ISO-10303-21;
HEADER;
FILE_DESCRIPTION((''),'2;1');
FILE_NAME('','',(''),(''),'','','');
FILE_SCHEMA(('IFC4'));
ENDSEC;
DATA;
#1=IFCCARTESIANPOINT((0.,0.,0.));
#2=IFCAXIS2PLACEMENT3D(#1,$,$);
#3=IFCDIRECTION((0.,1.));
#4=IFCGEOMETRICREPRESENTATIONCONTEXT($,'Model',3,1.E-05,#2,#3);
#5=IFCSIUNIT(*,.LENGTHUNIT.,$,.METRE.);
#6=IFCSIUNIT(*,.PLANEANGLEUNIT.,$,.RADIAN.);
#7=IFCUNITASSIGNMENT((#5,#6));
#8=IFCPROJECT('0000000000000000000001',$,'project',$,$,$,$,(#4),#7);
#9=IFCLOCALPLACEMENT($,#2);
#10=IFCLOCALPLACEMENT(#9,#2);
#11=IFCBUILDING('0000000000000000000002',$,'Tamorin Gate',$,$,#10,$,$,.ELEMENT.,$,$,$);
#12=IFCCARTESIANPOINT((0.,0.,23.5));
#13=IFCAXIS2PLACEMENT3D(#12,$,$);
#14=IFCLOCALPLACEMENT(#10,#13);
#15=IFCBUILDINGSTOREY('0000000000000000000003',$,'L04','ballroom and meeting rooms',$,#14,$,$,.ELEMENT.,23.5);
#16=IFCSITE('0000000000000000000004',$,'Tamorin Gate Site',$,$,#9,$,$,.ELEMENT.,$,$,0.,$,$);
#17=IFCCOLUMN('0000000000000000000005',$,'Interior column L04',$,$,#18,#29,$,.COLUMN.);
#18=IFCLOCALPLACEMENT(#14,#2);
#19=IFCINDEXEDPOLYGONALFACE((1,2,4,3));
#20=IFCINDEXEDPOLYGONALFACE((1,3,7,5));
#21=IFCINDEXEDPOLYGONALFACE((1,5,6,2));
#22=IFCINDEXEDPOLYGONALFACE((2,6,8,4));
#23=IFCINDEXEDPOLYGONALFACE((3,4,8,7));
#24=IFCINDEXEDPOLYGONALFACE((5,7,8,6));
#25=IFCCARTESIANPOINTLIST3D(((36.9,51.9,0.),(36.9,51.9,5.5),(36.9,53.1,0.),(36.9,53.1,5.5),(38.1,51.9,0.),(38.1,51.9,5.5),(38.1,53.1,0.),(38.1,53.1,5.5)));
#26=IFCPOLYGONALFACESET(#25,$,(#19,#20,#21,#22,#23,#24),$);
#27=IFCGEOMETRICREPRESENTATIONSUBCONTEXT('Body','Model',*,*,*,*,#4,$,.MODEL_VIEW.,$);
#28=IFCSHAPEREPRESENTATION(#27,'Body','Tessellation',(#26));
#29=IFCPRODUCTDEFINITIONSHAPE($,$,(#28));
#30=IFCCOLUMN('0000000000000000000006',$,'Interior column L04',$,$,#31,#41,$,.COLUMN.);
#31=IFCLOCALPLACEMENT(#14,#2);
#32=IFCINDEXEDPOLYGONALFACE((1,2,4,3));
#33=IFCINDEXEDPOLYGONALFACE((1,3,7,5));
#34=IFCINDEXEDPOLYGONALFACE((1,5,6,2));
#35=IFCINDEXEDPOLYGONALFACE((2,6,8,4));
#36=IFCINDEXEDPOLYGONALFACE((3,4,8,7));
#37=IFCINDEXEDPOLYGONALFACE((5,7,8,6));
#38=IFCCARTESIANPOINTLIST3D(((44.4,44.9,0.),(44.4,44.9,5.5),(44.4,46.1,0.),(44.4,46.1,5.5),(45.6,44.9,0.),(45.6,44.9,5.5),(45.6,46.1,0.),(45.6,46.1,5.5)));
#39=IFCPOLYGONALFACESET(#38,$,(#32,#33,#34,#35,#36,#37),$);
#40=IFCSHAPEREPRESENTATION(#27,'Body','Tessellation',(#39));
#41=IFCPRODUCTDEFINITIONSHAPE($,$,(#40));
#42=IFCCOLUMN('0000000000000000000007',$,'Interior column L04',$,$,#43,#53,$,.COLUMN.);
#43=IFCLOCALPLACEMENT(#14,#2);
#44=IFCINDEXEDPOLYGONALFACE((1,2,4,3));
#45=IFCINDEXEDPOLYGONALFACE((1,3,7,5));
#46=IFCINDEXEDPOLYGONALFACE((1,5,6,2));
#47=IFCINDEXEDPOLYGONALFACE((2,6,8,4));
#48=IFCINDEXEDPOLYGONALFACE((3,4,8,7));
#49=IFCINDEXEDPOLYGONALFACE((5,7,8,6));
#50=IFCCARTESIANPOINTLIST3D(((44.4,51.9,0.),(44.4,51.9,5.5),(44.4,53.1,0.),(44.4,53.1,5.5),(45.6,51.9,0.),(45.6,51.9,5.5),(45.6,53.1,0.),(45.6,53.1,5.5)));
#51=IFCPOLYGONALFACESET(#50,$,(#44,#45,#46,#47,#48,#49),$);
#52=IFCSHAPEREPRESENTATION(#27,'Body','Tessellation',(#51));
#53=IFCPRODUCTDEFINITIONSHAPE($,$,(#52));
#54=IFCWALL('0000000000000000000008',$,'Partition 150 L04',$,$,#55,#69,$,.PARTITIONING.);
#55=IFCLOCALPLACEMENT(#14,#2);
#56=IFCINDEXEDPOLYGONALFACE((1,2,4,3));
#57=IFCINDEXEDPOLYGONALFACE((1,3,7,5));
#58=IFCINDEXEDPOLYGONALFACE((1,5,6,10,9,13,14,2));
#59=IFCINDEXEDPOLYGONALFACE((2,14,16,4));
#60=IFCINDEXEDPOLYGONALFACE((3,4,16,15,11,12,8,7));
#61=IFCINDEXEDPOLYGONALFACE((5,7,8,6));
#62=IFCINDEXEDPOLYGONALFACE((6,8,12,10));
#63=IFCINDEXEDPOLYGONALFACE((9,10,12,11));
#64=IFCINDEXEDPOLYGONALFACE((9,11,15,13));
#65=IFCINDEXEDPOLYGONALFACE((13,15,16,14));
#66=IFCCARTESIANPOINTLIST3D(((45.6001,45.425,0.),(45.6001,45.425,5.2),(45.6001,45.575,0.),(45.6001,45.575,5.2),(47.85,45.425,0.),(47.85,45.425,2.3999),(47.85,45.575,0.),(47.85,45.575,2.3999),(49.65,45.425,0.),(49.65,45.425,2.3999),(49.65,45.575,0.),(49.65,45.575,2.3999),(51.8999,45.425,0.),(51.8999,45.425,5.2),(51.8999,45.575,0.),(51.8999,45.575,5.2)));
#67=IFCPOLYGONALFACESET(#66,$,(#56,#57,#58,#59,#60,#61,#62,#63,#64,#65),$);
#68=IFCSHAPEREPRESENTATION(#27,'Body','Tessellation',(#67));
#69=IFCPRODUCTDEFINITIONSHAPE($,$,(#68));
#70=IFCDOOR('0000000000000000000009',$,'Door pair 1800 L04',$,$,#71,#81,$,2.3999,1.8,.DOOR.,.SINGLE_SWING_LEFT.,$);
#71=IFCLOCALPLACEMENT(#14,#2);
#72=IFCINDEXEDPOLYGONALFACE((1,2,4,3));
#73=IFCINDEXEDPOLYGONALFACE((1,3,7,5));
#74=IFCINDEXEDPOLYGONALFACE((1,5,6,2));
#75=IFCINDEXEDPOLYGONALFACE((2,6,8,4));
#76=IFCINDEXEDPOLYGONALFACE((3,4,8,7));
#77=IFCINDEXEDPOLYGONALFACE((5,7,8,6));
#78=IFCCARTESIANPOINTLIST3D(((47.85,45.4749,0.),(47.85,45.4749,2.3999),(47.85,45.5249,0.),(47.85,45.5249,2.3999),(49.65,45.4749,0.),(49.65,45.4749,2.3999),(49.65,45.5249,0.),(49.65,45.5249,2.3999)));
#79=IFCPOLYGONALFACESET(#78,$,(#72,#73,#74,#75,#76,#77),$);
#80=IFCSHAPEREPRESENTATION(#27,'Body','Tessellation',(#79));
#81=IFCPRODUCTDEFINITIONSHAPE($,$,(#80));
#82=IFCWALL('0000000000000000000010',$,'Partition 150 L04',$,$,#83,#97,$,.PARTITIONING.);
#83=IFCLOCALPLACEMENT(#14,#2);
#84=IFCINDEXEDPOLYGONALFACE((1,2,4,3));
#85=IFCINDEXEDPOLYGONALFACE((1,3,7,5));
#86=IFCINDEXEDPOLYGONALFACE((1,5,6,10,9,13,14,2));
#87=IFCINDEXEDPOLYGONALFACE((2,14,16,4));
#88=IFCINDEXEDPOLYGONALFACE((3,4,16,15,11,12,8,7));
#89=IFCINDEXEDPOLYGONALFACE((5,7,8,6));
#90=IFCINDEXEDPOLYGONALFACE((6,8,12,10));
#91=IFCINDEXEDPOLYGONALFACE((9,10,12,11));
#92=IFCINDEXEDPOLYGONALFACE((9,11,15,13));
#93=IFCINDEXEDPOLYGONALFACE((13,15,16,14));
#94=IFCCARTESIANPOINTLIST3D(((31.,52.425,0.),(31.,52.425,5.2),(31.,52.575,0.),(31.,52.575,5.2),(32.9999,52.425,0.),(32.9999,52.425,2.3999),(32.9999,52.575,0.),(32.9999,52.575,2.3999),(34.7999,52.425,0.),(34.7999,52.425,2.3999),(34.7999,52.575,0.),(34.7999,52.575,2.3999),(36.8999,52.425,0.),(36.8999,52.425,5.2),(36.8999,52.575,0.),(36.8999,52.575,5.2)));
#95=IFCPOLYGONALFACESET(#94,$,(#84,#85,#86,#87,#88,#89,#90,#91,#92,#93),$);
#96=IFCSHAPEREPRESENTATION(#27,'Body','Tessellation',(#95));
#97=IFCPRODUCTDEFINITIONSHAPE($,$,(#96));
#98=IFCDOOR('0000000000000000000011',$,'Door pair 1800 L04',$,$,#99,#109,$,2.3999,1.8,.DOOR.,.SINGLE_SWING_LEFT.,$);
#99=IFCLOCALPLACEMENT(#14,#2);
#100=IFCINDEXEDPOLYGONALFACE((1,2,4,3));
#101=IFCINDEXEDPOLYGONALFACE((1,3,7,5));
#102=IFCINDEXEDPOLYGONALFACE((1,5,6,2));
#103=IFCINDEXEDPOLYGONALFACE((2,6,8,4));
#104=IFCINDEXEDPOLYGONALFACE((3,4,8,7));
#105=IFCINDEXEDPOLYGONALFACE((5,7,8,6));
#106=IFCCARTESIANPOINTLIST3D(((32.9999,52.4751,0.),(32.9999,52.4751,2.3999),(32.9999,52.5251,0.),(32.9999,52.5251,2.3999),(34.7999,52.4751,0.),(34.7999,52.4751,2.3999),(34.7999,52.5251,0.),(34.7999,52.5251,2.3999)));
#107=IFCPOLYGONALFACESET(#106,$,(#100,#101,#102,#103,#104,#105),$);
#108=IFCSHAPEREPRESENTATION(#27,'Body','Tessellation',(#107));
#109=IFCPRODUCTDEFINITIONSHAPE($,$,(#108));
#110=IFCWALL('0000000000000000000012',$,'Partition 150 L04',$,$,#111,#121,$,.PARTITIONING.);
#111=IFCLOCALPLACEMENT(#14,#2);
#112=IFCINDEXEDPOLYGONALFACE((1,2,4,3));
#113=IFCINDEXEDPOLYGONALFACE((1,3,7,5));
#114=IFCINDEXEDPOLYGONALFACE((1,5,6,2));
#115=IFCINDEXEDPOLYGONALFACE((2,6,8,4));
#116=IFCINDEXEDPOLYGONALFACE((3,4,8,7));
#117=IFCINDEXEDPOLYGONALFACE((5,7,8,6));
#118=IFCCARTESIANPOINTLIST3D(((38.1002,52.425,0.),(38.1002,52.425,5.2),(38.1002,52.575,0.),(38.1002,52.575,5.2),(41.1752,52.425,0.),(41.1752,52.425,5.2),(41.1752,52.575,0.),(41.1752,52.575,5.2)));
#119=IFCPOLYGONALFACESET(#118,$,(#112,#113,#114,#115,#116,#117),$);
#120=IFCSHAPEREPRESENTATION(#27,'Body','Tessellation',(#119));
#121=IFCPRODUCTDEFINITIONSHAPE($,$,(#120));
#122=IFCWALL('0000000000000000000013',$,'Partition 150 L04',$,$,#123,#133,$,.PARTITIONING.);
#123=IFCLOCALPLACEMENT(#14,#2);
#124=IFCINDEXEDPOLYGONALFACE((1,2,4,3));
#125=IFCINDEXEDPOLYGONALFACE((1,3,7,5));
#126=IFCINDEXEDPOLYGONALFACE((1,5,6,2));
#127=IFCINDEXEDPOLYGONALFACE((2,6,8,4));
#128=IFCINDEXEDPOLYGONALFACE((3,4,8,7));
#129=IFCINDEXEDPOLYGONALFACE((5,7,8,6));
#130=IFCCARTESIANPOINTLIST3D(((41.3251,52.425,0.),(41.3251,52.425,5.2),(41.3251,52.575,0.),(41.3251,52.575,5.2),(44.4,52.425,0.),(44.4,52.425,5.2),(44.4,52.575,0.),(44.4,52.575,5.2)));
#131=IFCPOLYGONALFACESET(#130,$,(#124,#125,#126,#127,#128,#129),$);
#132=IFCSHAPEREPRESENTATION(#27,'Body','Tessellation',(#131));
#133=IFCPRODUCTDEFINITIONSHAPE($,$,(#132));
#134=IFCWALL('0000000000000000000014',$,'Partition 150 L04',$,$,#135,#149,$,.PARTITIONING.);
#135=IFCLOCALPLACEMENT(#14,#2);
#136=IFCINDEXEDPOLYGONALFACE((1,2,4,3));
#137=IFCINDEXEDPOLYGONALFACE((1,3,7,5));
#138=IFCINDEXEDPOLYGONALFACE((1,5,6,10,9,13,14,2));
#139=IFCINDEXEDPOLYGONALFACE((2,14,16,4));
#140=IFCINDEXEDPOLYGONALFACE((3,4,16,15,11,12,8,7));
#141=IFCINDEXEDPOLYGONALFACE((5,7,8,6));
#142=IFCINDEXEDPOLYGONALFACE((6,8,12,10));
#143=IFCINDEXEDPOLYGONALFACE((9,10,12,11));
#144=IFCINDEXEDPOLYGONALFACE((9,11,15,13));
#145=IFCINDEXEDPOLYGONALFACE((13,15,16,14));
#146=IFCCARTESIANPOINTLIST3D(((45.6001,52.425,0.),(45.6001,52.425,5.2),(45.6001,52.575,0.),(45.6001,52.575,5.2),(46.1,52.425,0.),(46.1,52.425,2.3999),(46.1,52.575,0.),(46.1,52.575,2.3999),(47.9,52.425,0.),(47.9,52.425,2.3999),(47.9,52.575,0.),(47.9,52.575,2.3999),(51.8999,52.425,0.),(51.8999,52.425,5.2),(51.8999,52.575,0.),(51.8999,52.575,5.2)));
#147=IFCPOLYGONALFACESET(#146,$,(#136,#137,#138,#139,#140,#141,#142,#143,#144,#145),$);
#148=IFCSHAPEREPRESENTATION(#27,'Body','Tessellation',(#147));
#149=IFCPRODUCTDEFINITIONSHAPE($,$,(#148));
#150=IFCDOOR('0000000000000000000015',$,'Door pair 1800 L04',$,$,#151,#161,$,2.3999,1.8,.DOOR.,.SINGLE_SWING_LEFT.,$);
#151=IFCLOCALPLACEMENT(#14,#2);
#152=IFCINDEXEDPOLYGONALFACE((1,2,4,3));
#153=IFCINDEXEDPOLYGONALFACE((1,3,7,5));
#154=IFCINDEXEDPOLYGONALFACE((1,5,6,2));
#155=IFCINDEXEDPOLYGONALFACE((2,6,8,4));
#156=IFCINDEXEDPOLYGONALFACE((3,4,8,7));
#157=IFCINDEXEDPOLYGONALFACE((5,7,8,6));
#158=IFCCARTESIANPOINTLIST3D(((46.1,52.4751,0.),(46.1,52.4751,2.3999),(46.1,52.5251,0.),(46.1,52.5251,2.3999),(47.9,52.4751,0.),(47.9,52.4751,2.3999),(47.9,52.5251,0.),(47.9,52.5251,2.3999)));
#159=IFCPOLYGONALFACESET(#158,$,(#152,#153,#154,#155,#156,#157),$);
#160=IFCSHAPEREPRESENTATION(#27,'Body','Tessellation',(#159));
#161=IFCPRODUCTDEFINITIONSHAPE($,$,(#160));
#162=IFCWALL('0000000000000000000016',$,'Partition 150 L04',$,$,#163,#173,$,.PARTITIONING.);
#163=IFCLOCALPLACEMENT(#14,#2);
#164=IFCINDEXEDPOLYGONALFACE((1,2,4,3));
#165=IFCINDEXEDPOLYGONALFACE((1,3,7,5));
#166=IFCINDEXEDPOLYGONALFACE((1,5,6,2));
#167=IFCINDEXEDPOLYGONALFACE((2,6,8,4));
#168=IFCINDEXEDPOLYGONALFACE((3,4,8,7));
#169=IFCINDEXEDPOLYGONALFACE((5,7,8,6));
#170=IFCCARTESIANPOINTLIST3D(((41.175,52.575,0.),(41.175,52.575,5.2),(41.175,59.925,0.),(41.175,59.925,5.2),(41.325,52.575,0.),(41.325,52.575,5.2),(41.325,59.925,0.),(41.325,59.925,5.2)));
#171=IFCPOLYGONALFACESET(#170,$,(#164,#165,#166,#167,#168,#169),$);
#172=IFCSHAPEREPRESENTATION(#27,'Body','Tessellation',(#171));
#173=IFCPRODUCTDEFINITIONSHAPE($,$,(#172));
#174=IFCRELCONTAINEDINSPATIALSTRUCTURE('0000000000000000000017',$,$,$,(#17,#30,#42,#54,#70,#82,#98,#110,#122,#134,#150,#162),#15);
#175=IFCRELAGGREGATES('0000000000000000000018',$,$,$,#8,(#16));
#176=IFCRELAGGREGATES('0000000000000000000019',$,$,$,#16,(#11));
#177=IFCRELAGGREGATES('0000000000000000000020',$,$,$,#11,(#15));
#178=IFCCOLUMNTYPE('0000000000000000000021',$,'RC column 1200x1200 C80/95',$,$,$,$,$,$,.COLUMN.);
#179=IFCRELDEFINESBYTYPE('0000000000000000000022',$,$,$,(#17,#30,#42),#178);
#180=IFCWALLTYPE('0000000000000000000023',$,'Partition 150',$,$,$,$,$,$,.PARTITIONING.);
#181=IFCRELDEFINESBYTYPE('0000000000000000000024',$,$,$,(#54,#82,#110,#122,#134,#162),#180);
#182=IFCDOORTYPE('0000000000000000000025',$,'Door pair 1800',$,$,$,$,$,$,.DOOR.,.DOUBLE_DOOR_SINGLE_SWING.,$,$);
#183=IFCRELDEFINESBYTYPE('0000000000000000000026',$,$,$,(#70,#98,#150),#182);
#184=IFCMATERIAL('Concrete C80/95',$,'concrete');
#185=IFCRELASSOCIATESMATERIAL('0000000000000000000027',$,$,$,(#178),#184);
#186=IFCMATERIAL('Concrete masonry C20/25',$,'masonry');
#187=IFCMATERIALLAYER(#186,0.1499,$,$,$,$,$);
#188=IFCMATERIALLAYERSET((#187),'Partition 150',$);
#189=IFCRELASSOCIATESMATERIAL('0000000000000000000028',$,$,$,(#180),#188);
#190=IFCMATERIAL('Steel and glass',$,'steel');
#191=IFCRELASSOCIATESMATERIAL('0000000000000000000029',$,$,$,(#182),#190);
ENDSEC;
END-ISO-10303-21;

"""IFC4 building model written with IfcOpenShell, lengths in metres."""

from ifc_helpers import new_model, si_unit, direction, frame, frame_2d, origin, origin_2d, place, context, subcontext, project, spatial, rectangle, extrude, material, layer, layer_set, material_profile, profile_set, type_object, element, fill, save


model = new_model("IFC4")

# Units and contexts
model_context = context("Model", 3, precision=1e-05, world=origin(), true_north=direction((0.0, 1.0)))
body_context = subcontext(model_context, "Body", "Model", "MODEL_VIEW")
ifc_project = project(units=[si_unit("LENGTHUNIT", "METRE"), si_unit("PLANEANGLEUNIT", "RADIAN")], contexts=[model_context])

# Site, building, storey
site_placement = place(None, origin())
site = spatial("IfcSite", under=ifc_project, at=site_placement, Name="Tamorin Gate Site", CompositionType="ELEMENT", RefElevation=0.0)
building_placement = place(site_placement, origin())
building = spatial("IfcBuilding", under=site, at=building_placement, Name="Tamorin Gate", CompositionType="ELEMENT")
storey_placement = place(building_placement, frame((0.0, 0.0, 23.5)))
storey = spatial("IfcBuildingStorey", under=building, at=storey_placement, Name="L04", Description="ballroom and meeting rooms", CompositionType="ELEMENT", Elevation=23.5)

# Columns
ifc_material_1 = material(Name="Concrete C80/95", Category="concrete")
ifc_material_profile = material_profile(ifc_material_1, rectangle(XDim=1.2, YDim=1.2, at=origin_2d()), Name="RC 1200x1200")
ifc_profile_set = profile_set([ifc_material_profile], Name="Concrete C80/95")
column_type = type_object("IfcColumnType", Name="RC column 1200x1200 C80/95", PredefinedType="COLUMN", material=ifc_profile_set)
for number, where, z_axis, x_axis, name in (
    (1, (37.5, 52.5, 0.0), (0.0, 0.0, 1.0), (1.0, 0.0, 0.0), "Interior column L04"),
    (2, (45.0, 45.5, 0.0), (0.0, 0.0, 1.0), (1.0, 0.0, 0.0), "Interior column L04"),
    (3, (45.0, 52.5, 0.0), (0.0, 0.0, 1.0), (1.0, 0.0, 0.0), "Interior column L04"),
):
    element("IfcColumn", number, at=place(storey_placement, frame(where, z_axis=z_axis, x_axis=x_axis)), inside=storey, type_object=column_type, Name=name, PredefinedType="COLUMN", context=body_context, shape_type="SweptSolid", body=[
        extrude(rectangle(XDim=1.2, YDim=1.2, at=origin_2d()), origin(), (0.0, 0.0, 1.0), 5.5),
    ])

# Walls, openings, doors
ifc_material_2 = material(Name="Concrete masonry C20/25", Category="masonry")
ifc_layer = layer(ifc_material_2, 0.1499)
ifc_layer_set = layer_set([ifc_layer], Name="Partition 150")
wall_type = type_object("IfcWallType", Name="Partition 150", PredefinedType="PARTITIONING", material=ifc_layer_set)
ifc_material_3 = material(Name="Steel and glass", Category="steel")
door_type = type_object("IfcDoorType", Name="Door pair 1800", OperationType="DOUBLE_DOOR_SINGLE_SWING", PredefinedType="DOOR", material=ifc_material_3)
wall_1_placement = place(storey_placement, frame((45.6001, 45.5, 0.0), z_axis=(0.0, 0.0, 1.0), x_axis=(1.0, 0.0, 0.0)))
wall_1 = element("IfcWall", 4, at=wall_1_placement, inside=storey, type_object=wall_type, Name="Partition 150 L04", PredefinedType="PARTITIONING", context=body_context, shape_type="SweptSolid", body=[
    extrude(rectangle(XDim=6.2998, YDim=0.1499, at=frame_2d((3.1499, 0.0))), origin(), (0.0, 0.0, 1.0), 5.2),
])
opening_1_placement = place(wall_1_placement, frame((2.25, 0.0, 0.0)))
opening_1 = element("IfcOpeningElement", 5, at=opening_1_placement, cuts=wall_1, PredefinedType="OPENING", context=body_context, shape_type="SweptSolid", body=[
    extrude(rectangle(XDim=1.8, YDim=2.3999, at=frame_2d((0.8999, 1.2))), frame((0.0, 0.085, 0.0), z_axis=(0.0, -1.0, 0.0), x_axis=(1.0, 0.0, 0.0)), (0.0, 0.0, 1.0), 0.1699),
])
door_1_placement = place(opening_1_placement, origin())
door_1 = element("IfcDoor", 6, at=door_1_placement, inside=storey, type_object=door_type, Name="Door pair 1800 L04", OperationType="SINGLE_SWING_LEFT", OverallHeight=2.3999, OverallWidth=1.8, PredefinedType="DOOR", context=body_context, shape_type="SweptSolid", body=[
    extrude(rectangle(XDim=1.8, YDim=2.3999, at=frame_2d((0.8999, 1.2))), frame((0.0, 0.0249, 0.0), z_axis=(0.0, -1.0, 0.0), x_axis=(1.0, 0.0, 0.0)), (0.0, 0.0, 1.0), 0.05),
])
fill(opening_1, door_1)
wall_2_placement = place(storey_placement, frame((36.8999, 52.5, 0.0), z_axis=(0.0, 0.0, 1.0), x_axis=(-1.0, 0.0, 0.0)))
wall_2 = element("IfcWall", 7, at=wall_2_placement, inside=storey, type_object=wall_type, Name="Partition 150 L04", PredefinedType="PARTITIONING", context=body_context, shape_type="SweptSolid", body=[
    extrude(rectangle(XDim=5.8999, YDim=0.1499, at=frame_2d((2.95, 0.0))), origin(), (0.0, 0.0, 1.0), 5.2),
])
opening_2_placement = place(wall_2_placement, frame((2.1001, 0.0, 0.0)))
opening_2 = element("IfcOpeningElement", 8, at=opening_2_placement, cuts=wall_2, PredefinedType="OPENING", context=body_context, shape_type="SweptSolid", body=[
    extrude(rectangle(XDim=1.8, YDim=2.3999, at=frame_2d((0.8999, 1.2))), frame((0.0, 0.085, 0.0), z_axis=(0.0, -1.0, 0.0), x_axis=(1.0, 0.0, 0.0)), (0.0, 0.0, 1.0), 0.1699),
])
door_2_placement = place(opening_2_placement, origin())
door_2 = element("IfcDoor", 9, at=door_2_placement, inside=storey, type_object=door_type, Name="Door pair 1800 L04", OperationType="SINGLE_SWING_LEFT", OverallHeight=2.3999, OverallWidth=1.8, PredefinedType="DOOR", context=body_context, shape_type="SweptSolid", body=[
    extrude(rectangle(XDim=1.8, YDim=2.3999, at=frame_2d((0.8999, 1.2))), frame((0.0, 0.0249, 0.0), z_axis=(0.0, -1.0, 0.0), x_axis=(1.0, 0.0, 0.0)), (0.0, 0.0, 1.0), 0.05),
])
fill(opening_2, door_2)

# Walls
for number, where, z_axis, x_axis, name in (
    (10, (38.1001, 52.5, 0.0), (0.0, 0.0, 1.0), (1.0, 0.0, 0.0), "Partition 150 L04"),
    (11, (41.325, 52.5, 0.0), (0.0, 0.0, 1.0), (1.0, 0.0, 0.0), "Partition 150 L04"),
):
    element("IfcWall", number, at=place(storey_placement, frame(where, z_axis=z_axis, x_axis=x_axis)), inside=storey, type_object=wall_type, Name=name, PredefinedType="PARTITIONING", context=body_context, shape_type="SweptSolid", body=[
        extrude(rectangle(XDim=3.075, YDim=0.1499, at=frame_2d((1.5376, 0.0))), origin(), (0.0, 0.0, 1.0), 5.2),
    ])

# Wall, opening, door
wall_3_placement = place(storey_placement, frame((51.8999, 52.5, 0.0), z_axis=(0.0, 0.0, 1.0), x_axis=(-1.0, 0.0, 0.0)))
wall_3 = element("IfcWall", 12, at=wall_3_placement, inside=storey, type_object=wall_type, Name="Partition 150 L04", PredefinedType="PARTITIONING", context=body_context, shape_type="SweptSolid", body=[
    extrude(rectangle(XDim=6.2998, YDim=0.1499, at=frame_2d((3.1499, 0.0))), origin(), (0.0, 0.0, 1.0), 5.2),
])
opening_3_placement = place(wall_3_placement, frame((4.0, 0.0, 0.0)))
opening_3 = element("IfcOpeningElement", 13, at=opening_3_placement, cuts=wall_3, PredefinedType="OPENING", context=body_context, shape_type="SweptSolid", body=[
    extrude(rectangle(XDim=1.8, YDim=2.3999, at=frame_2d((0.8999, 1.2))), frame((0.0, 0.085, 0.0), z_axis=(0.0, -1.0, 0.0), x_axis=(1.0, 0.0, 0.0)), (0.0, 0.0, 1.0), 0.1699),
])
door_3_placement = place(opening_3_placement, origin())
door_3 = element("IfcDoor", 14, at=door_3_placement, inside=storey, type_object=door_type, Name="Door pair 1800 L04", OperationType="SINGLE_SWING_LEFT", OverallHeight=2.3999, OverallWidth=1.8, PredefinedType="DOOR", context=body_context, shape_type="SweptSolid", body=[
    extrude(rectangle(XDim=1.8, YDim=2.3999, at=frame_2d((0.8999, 1.2))), frame((0.0, 0.0249, 0.0), z_axis=(0.0, -1.0, 0.0), x_axis=(1.0, 0.0, 0.0)), (0.0, 0.0, 1.0), 0.05),
])
fill(opening_3, door_3)

# Wall
wall_4_placement = place(storey_placement, frame((41.25, 52.575, 0.0), z_axis=(0.0, 0.0, 1.0), x_axis=(0.0, 1.0, 0.0)))
element("IfcWall", 15, at=wall_4_placement, inside=storey, type_object=wall_type, Name="Partition 150 L04", PredefinedType="PARTITIONING", context=body_context, shape_type="SweptSolid", body=[
    extrude(rectangle(XDim=7.3501, YDim=0.1499, at=frame_2d((3.675, 0.0))), origin(), (0.0, 0.0, 1.0), 5.2),
])

save(model, "model.ifc")
